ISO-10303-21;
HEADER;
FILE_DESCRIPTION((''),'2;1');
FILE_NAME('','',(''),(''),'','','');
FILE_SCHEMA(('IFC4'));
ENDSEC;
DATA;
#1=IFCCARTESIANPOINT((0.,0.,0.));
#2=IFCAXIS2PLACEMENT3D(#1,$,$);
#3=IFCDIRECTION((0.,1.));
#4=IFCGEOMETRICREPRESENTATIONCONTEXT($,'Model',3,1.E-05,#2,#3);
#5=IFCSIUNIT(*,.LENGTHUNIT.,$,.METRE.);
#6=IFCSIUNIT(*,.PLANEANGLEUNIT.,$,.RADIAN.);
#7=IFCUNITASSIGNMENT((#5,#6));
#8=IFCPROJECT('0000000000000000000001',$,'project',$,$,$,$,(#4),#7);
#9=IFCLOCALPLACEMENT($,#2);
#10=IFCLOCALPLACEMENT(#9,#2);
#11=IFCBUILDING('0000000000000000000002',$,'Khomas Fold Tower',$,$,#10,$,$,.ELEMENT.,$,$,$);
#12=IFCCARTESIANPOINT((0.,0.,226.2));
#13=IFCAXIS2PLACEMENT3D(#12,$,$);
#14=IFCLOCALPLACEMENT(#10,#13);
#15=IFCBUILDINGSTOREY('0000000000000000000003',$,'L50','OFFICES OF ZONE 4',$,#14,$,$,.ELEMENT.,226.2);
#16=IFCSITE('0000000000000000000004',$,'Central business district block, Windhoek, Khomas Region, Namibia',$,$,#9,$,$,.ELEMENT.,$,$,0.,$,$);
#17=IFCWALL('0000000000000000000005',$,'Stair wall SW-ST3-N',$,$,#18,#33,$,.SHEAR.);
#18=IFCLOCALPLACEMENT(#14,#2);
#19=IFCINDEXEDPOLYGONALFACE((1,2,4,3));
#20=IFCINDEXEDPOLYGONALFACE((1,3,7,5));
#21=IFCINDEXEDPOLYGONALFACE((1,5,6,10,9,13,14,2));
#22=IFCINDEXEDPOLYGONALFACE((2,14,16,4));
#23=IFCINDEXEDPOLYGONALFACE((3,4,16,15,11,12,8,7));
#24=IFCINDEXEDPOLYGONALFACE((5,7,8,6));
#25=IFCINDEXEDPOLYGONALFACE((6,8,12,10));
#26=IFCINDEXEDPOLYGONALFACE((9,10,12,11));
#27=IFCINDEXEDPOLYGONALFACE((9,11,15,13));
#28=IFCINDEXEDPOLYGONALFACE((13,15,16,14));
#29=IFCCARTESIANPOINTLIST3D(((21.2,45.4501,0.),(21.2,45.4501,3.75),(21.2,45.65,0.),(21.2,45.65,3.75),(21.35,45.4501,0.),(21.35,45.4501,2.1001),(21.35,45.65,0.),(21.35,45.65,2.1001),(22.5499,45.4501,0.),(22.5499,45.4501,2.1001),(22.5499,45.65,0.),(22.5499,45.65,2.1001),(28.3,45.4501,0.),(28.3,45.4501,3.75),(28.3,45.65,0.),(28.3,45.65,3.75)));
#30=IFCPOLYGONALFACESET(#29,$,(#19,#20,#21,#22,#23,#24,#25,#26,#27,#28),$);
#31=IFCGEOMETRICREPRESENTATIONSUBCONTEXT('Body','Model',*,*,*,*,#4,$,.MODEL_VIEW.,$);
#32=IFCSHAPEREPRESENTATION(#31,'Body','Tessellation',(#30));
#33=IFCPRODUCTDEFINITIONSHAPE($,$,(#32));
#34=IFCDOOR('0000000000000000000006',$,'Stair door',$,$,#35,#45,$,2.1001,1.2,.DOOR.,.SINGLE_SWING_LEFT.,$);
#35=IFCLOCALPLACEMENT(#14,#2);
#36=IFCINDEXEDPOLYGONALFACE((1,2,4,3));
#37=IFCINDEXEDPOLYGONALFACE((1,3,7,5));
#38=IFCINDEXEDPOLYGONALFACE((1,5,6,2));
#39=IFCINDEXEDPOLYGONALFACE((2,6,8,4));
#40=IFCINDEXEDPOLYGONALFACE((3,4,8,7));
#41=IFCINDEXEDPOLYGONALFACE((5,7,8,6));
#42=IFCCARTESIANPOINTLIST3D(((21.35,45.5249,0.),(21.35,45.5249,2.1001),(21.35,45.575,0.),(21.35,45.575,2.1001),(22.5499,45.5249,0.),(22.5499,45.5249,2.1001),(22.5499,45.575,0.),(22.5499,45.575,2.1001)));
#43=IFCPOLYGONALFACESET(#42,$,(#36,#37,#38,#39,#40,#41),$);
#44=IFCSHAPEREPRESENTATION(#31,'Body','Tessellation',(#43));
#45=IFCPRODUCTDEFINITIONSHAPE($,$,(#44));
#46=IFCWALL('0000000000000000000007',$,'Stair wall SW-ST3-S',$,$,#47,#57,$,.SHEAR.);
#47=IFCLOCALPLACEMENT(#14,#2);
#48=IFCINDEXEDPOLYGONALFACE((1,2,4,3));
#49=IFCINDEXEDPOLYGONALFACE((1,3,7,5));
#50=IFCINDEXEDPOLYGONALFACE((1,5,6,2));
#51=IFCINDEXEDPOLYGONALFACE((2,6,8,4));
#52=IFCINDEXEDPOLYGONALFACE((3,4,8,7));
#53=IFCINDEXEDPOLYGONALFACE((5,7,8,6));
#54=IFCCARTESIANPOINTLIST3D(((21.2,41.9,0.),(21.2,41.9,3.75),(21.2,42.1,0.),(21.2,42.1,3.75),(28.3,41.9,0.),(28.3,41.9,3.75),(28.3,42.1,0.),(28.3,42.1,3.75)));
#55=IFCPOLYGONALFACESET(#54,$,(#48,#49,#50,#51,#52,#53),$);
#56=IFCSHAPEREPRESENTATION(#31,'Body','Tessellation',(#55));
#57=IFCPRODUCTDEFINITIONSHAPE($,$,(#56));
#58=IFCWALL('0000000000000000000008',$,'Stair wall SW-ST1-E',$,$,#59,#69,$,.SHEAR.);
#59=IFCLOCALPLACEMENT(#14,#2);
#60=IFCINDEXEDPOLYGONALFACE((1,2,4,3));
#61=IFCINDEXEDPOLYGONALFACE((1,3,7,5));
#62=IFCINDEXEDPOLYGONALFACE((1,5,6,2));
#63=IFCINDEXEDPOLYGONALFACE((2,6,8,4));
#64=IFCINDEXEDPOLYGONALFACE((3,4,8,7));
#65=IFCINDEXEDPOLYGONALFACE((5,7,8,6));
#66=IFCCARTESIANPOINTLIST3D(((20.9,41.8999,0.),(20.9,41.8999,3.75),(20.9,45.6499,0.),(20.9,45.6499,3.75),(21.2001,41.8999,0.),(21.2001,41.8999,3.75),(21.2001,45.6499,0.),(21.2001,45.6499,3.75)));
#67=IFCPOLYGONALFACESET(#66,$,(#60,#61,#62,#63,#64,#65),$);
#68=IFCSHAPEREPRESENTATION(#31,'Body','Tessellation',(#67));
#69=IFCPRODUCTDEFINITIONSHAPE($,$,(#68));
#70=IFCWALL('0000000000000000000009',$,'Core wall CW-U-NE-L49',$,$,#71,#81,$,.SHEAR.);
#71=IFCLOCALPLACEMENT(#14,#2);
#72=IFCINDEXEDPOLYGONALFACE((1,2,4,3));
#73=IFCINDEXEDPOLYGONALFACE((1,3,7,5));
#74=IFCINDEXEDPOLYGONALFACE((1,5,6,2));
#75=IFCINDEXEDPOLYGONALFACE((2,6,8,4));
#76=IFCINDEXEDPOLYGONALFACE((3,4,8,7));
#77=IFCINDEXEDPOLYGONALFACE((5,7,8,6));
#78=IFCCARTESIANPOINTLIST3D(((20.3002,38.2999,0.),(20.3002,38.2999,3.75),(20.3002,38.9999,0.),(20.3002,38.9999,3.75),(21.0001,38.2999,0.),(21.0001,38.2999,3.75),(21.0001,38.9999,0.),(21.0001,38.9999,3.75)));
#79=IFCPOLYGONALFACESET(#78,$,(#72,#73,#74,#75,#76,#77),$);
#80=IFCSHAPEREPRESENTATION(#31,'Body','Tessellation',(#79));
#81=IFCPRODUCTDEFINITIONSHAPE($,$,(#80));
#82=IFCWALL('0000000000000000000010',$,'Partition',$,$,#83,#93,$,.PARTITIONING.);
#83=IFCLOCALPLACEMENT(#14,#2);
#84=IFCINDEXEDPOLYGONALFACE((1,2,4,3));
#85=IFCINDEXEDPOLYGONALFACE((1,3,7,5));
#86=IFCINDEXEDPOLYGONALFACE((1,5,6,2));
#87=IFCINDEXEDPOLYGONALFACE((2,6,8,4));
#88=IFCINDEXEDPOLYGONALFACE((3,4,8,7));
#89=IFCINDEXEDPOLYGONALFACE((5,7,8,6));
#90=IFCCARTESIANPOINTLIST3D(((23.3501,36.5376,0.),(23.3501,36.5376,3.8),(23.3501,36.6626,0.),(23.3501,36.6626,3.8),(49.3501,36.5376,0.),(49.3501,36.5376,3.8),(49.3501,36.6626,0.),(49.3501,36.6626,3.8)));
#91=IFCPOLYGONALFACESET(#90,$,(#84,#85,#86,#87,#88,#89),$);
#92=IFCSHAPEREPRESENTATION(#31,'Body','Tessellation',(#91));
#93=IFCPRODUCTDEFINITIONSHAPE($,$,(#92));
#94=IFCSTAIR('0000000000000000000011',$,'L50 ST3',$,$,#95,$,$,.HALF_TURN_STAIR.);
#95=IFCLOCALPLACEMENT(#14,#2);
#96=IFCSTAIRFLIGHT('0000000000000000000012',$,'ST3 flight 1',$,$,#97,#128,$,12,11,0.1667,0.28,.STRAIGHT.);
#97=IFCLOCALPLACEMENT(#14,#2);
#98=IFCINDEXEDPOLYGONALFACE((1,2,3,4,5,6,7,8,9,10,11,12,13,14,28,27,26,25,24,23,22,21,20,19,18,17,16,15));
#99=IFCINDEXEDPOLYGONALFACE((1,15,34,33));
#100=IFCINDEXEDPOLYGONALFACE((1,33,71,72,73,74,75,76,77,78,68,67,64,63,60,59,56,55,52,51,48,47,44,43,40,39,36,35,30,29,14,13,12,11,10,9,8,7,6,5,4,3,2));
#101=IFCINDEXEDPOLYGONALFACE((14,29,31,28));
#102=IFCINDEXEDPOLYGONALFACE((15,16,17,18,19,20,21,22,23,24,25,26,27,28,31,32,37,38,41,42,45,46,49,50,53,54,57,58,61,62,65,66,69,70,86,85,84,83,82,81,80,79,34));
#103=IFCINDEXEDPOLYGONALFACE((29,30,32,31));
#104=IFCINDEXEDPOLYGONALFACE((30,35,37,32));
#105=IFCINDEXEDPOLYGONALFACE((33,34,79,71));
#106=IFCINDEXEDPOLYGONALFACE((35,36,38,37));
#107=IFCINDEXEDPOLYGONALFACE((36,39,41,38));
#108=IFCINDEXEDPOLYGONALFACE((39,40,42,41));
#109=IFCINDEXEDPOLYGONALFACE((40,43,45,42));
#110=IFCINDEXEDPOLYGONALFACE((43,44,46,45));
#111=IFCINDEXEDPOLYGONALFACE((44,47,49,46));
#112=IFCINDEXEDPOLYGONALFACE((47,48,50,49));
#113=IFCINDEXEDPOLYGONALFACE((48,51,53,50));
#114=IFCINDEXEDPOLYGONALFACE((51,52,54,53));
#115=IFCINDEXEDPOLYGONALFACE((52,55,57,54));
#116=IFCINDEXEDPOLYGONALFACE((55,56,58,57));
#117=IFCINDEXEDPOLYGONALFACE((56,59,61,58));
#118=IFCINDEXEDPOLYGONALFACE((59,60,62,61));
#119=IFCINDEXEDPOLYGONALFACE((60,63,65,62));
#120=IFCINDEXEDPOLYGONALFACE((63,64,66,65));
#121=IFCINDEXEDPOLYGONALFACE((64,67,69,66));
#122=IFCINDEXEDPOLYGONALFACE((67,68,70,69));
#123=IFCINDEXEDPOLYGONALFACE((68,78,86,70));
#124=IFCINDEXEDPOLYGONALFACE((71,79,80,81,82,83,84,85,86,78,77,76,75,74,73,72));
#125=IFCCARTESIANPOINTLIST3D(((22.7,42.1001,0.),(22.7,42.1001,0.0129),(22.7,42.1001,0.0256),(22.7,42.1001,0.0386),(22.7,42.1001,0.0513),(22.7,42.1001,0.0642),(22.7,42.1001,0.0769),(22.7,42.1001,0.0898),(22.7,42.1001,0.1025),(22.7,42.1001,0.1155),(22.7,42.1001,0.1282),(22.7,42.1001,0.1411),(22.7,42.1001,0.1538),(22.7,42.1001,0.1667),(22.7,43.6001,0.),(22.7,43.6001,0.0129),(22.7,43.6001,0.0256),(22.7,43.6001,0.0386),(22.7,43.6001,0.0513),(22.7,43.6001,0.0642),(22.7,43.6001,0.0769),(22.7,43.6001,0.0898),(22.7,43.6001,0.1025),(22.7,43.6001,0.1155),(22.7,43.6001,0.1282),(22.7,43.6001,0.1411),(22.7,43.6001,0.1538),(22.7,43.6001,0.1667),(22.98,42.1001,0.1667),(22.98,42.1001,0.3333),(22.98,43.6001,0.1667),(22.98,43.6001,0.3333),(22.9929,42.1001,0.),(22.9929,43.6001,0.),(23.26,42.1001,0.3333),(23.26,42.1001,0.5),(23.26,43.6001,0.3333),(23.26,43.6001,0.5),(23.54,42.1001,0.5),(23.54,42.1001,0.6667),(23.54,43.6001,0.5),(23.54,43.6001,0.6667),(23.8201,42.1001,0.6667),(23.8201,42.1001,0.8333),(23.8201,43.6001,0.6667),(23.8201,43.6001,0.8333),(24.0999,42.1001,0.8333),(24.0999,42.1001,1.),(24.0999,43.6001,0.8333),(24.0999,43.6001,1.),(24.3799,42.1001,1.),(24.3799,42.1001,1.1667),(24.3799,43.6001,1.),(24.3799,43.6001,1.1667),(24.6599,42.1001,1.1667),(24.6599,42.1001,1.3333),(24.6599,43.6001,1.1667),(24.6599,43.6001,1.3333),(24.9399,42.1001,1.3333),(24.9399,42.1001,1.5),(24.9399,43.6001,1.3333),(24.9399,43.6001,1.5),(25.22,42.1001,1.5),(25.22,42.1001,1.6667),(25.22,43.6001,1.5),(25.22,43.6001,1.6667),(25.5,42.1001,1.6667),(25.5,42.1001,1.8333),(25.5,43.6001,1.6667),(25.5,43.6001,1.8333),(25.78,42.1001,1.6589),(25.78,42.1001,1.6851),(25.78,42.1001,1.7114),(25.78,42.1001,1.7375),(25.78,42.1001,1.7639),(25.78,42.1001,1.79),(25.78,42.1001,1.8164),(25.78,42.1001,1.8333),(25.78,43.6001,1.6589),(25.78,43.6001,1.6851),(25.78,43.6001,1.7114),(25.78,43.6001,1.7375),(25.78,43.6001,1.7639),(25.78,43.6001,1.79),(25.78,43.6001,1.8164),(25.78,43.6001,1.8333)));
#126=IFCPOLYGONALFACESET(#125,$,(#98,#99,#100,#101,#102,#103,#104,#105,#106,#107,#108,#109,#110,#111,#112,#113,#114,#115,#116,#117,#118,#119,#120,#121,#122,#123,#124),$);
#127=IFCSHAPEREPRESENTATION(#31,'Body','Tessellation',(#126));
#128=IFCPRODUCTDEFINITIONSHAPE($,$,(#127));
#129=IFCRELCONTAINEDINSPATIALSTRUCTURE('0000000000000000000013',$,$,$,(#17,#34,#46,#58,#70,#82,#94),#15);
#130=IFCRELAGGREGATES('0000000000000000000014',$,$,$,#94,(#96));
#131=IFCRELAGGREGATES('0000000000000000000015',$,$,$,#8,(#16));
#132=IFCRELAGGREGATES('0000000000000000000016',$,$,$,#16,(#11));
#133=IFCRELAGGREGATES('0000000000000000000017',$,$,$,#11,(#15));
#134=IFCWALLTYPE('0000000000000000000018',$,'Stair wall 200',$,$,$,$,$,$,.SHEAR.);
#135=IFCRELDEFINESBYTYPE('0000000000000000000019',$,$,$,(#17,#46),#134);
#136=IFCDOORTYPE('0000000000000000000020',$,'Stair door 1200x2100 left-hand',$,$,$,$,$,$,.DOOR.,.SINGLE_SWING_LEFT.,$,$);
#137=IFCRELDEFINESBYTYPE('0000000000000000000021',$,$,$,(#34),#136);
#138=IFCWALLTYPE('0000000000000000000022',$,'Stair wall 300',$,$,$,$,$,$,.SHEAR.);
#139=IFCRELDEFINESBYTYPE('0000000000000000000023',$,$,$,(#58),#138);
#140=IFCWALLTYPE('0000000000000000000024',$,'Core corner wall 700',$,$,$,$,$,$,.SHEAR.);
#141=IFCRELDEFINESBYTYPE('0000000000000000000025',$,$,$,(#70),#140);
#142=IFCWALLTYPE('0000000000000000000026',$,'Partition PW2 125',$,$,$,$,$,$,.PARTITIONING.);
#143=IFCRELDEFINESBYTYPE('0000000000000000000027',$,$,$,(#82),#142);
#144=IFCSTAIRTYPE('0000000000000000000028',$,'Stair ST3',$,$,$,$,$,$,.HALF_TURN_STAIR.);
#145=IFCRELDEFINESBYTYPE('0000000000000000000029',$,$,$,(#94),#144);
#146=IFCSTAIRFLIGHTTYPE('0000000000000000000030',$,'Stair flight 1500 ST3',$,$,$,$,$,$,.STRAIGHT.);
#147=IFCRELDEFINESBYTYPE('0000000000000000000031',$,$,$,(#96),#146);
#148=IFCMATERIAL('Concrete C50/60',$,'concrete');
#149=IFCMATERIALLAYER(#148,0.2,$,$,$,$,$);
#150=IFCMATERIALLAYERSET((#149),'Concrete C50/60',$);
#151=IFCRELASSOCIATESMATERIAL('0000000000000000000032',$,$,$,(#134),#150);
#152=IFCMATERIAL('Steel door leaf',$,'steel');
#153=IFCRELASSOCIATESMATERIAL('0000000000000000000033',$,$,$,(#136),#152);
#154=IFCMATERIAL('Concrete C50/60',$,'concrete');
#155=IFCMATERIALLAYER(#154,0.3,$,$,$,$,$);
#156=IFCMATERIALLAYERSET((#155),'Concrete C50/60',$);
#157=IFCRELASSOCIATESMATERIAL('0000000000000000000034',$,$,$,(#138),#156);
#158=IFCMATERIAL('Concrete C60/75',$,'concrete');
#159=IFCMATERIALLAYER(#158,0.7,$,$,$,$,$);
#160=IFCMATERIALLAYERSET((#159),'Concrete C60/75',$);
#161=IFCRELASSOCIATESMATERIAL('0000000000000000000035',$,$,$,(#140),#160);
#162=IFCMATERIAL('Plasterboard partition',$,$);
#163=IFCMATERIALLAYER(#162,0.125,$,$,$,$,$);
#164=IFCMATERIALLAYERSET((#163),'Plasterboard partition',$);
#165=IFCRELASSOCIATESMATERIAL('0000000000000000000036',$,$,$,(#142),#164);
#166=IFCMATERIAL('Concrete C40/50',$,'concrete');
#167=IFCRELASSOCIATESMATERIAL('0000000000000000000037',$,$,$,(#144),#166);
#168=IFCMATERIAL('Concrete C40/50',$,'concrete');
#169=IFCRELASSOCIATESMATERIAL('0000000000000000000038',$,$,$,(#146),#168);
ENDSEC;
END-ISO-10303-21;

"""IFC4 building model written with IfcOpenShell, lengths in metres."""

from ifc_helpers import new_model, si_unit, direction, frame, frame_2d, origin, place, context, subcontext, project, spatial, polyline, rectangle, outline, extrude, source, transform, mapped, material, layer, layer_set, type_object, element, fill, aggregate, save


model = new_model("IFC4")

# Units and contexts
model_context = context("Model", 3, precision=1e-05, world=origin(), true_north=direction((0.0, 1.0)))
body_context = subcontext(model_context, "Body", "Model", "MODEL_VIEW")
ifc_project = project(units=[si_unit("LENGTHUNIT", "METRE"), si_unit("PLANEANGLEUNIT", "RADIAN")], contexts=[model_context])

# Site, building, storey
site_placement = place(None, origin())
site = spatial("IfcSite", under=ifc_project, at=site_placement, Name="Central business district block, Windhoek, Khomas Region, Namibia", CompositionType="ELEMENT", RefElevation=0.0)
building_placement = place(site_placement, origin())
building = spatial("IfcBuilding", under=site, at=building_placement, Name="Khomas Fold Tower", CompositionType="ELEMENT")
storey_placement = place(building_placement, frame((0.0, 0.0, 226.2)))
storey = spatial("IfcBuildingStorey", under=building, at=storey_placement, Name="L50", Description="OFFICES OF ZONE 4", CompositionType="ELEMENT", Elevation=226.2)

# Wall, opening, door
ifc_material_1 = material(Name="Concrete C50/60", Category="concrete")
ifc_layer_1 = layer(ifc_material_1, 0.2)
ifc_layer_set_1 = layer_set([ifc_layer_1], Name="Concrete C50/60")
wall_type_1 = type_object("IfcWallType", Name="Stair wall 200", PredefinedType="SHEAR", material=ifc_layer_set_1)
shared_shape_1 = source(origin(), body_context, "Body", "SweptSolid", [
    extrude(rectangle(XDim=7.1001, YDim=0.2, at=frame_2d((3.55, 0.0))), origin(), (0.0, 0.0, 1.0), 3.75),
])
wall_1_placement = place(storey_placement, frame((21.2, 45.55, 0.0), z_axis=(0.0, 0.0, 1.0), x_axis=(1.0, 0.0, 0.0)))
wall_1 = element("IfcWall", 1, at=wall_1_placement, inside=storey, type_object=wall_type_1, Name="Stair wall SW-ST3-N", PredefinedType="SHEAR", context=body_context, shape_type="MappedRepresentation", body=[
    mapped(shared_shape_1, transform((0.0, 0.0, 0.0))),
])
shared_shape_2 = source(origin(), body_context, "Body", "SweptSolid", [
    extrude(rectangle(XDim=1.2, YDim=2.1001, at=frame_2d((0.6001, 1.05))), frame((0.0, 0.1099, 0.0), z_axis=(0.0, -1.0, 0.0), x_axis=(1.0, 0.0, 0.0)), (0.0, 0.0, 1.0), 0.22),
])
opening_placement = place(wall_1_placement, frame((0.1499, 0.0, 0.0)))
opening = element("IfcOpeningElement", 2, at=opening_placement, cuts=wall_1, PredefinedType="OPENING", context=body_context, shape_type="MappedRepresentation", body=[
    mapped(shared_shape_2, transform((0.0, 0.0, 0.0))),
])
ifc_material_2 = material(Name="Steel door leaf", Category="steel")
door_type = type_object("IfcDoorType", Name="Stair door 1200x2100 left-hand", OperationType="SINGLE_SWING_LEFT", PredefinedType="DOOR", material=ifc_material_2)
shared_shape_3 = source(origin(), body_context, "Body", "SweptSolid", [
    extrude(rectangle(XDim=1.2, YDim=2.1001, at=frame_2d((0.6001, 1.05))), frame((0.0, 0.0249, 0.0), z_axis=(0.0, -1.0, 0.0), x_axis=(1.0, 0.0, 0.0)), (0.0, 0.0, 1.0), 0.05),
])
door_placement = place(opening_placement, origin())
door = element("IfcDoor", 3, at=door_placement, inside=storey, type_object=door_type, Name="Stair door", OperationType="SINGLE_SWING_LEFT", OverallHeight=2.1001, OverallWidth=1.2, PredefinedType="DOOR", context=body_context, shape_type="MappedRepresentation", body=[
    mapped(shared_shape_3, transform((0.0, 0.0, 0.0))),
])
fill(opening, door)

# Walls
wall_2_placement = place(storey_placement, frame((21.2, 42.0, 0.0), z_axis=(0.0, 0.0, 1.0), x_axis=(1.0, 0.0, 0.0)))
element("IfcWall", 4, at=wall_2_placement, inside=storey, type_object=wall_type_1, Name="Stair wall SW-ST3-S", PredefinedType="SHEAR", context=body_context, shape_type="MappedRepresentation", body=[
    mapped(shared_shape_1, transform((0.0, 0.0, 0.0))),
])
ifc_material_3 = material(Name="Concrete C50/60", Category="concrete")
ifc_layer_2 = layer(ifc_material_3, 0.3)
ifc_layer_set_2 = layer_set([ifc_layer_2], Name="Concrete C50/60")
wall_type_2 = type_object("IfcWallType", Name="Stair wall 300", PredefinedType="SHEAR", material=ifc_layer_set_2)
shared_shape_4 = source(origin(), body_context, "Body", "SweptSolid", [
    extrude(rectangle(XDim=3.75, YDim=0.3, at=frame_2d((1.875, 0.0))), origin(), (0.0, 0.0, 1.0), 3.75),
])
wall_3_placement = place(storey_placement, frame((21.05, 41.8999, 0.0), z_axis=(0.0, 0.0, 1.0), x_axis=(0.0, 1.0, 0.0)))
element("IfcWall", 5, at=wall_3_placement, inside=storey, type_object=wall_type_2, Name="Stair wall SW-ST1-E", PredefinedType="SHEAR", context=body_context, shape_type="MappedRepresentation", body=[
    mapped(shared_shape_4, transform((0.0, 0.0, 0.0))),
])
ifc_material_4 = material(Name="Concrete C60/75", Category="concrete")
ifc_layer_3 = layer(ifc_material_4, 0.7)
ifc_layer_set_3 = layer_set([ifc_layer_3], Name="Concrete C60/75")
wall_type_3 = type_object("IfcWallType", Name="Core corner wall 700", PredefinedType="SHEAR", material=ifc_layer_set_3)
shared_shape_5 = source(origin(), body_context, "Body", "SweptSolid", [
    extrude(rectangle(XDim=0.7, YDim=0.7, at=frame_2d((0.3501, 0.0))), origin(), (0.0, 0.0, 1.0), 3.75),
])
wall_4_placement = place(storey_placement, frame((20.3, 38.6499, 0.0), z_axis=(0.0, 0.0, 1.0), x_axis=(1.0, 0.0, 0.0)))
element("IfcWall", 6, at=wall_4_placement, inside=storey, type_object=wall_type_3, Name="Core wall CW-U-NE-L49", PredefinedType="SHEAR", context=body_context, shape_type="MappedRepresentation", body=[
    mapped(shared_shape_5, transform((0.0, 0.0, 0.0))),
])
ifc_material_5 = material(Name="Plasterboard partition")
ifc_layer_4 = layer(ifc_material_5, 0.125)
ifc_layer_set_4 = layer_set([ifc_layer_4], Name="Plasterboard partition")
wall_type_4 = type_object("IfcWallType", Name="Partition PW2 125", PredefinedType="PARTITIONING", material=ifc_layer_set_4)
shared_shape_6 = source(origin(), body_context, "Body", "SweptSolid", [
    extrude(rectangle(XDim=26.0, YDim=0.125, at=frame_2d((13.0, 0.0))), origin(), (0.0, 0.0, 1.0), 3.8),
])
wall_5_placement = place(storey_placement, frame((23.3501, 36.6001, 0.0), z_axis=(0.0, 0.0, 1.0), x_axis=(1.0, 0.0, 0.0)))
element("IfcWall", 7, at=wall_5_placement, inside=storey, type_object=wall_type_4, Name="Partition", PredefinedType="PARTITIONING", context=body_context, shape_type="MappedRepresentation", body=[
    mapped(shared_shape_6, transform((0.0, 0.0, 0.0))),
])

# Stair, stair flight
ifc_material_6 = material(Name="Concrete C40/50", Category="concrete")
stair_type = type_object("IfcStairType", Name="Stair ST3", PredefinedType="HALF_TURN_STAIR", material=ifc_material_6)
stair_placement = place(storey_placement, origin())
stair = element("IfcStair", 8, at=stair_placement, inside=storey, type_object=stair_type, Name="L50 ST3", PredefinedType="HALF_TURN_STAIR")
ifc_material_7 = material(Name="Concrete C40/50", Category="concrete")
stair_flight_type = type_object("IfcStairFlightType", Name="Stair flight 1500 ST3", PredefinedType="STRAIGHT", material=ifc_material_7)
shared_shape_7 = source(origin(), body_context, "Body", "SweptSolid", [
    extrude(outline(polyline([(0.0, 0.0), (0.0, 0.0129), (0.0, 0.0256), (0.0, 0.0386), (0.0, 0.0513), (0.0, 0.0642), (0.0, 0.0769), (0.0, 0.0898), (0.0, 0.1025), (0.0, 0.1155), (0.0, 0.1282), (0.0, 0.1411), (0.0, 0.1538), (0.0, 0.1667), (0.28, 0.1667), (0.28, 0.3333), (0.5601, 0.3333), (0.5601, 0.5), (0.8401, 0.5), (0.8401, 0.6667), (1.1201, 0.6667), (1.1201, 0.8333), (1.3999, 0.8333), (1.3999, 1.0), (1.6799, 1.0), (1.6799, 1.1667), (1.96, 1.1667), (1.96, 1.3333), (2.24, 1.3333), (2.24, 1.5), (2.52, 1.5), (2.52, 1.6667), (2.8, 1.6667), (2.8, 1.8333), (3.0801, 1.8333), (3.0801, 2.0), (3.0801, 1.9739), (3.0801, 1.9475), (3.0801, 1.9214), (3.0801, 1.895), (3.0801, 1.8689), (3.0801, 1.8425), (3.0801, 1.8164), (3.0801, 1.79), (3.0801, 1.7639), (3.0801, 1.7375), (3.0801, 1.7114), (3.0801, 1.6851), (3.0801, 1.6589), (0.293, 0.0), (0.0, 0.0)])), frame((0.0, 0.75, 0.0), z_axis=(0.0, -1.0, 0.0), x_axis=(1.0, 0.0, 0.0)), (0.0, 0.0, 1.0), 1.5),
])
stair_flight_1_placement = place(storey_placement, frame((22.7, 42.8501, 0.0), z_axis=(0.0, 0.0, 1.0), x_axis=(1.0, 0.0, 0.0)))
stair_flight_1 = element("IfcStairFlight", 9, at=stair_flight_1_placement, type_object=stair_flight_type, Name="ST3 flight 1", NumberOfRisers=12, NumberOfTreads=11, PredefinedType="STRAIGHT", RiserHeight=0.1667, TreadLength=0.28, context=body_context, shape_type="MappedRepresentation", body=[
    mapped(shared_shape_7, transform((0.0, 0.0, 0.0))),
])
aggregate(stair, [stair_flight_1])

save(model, "model.ifc")
